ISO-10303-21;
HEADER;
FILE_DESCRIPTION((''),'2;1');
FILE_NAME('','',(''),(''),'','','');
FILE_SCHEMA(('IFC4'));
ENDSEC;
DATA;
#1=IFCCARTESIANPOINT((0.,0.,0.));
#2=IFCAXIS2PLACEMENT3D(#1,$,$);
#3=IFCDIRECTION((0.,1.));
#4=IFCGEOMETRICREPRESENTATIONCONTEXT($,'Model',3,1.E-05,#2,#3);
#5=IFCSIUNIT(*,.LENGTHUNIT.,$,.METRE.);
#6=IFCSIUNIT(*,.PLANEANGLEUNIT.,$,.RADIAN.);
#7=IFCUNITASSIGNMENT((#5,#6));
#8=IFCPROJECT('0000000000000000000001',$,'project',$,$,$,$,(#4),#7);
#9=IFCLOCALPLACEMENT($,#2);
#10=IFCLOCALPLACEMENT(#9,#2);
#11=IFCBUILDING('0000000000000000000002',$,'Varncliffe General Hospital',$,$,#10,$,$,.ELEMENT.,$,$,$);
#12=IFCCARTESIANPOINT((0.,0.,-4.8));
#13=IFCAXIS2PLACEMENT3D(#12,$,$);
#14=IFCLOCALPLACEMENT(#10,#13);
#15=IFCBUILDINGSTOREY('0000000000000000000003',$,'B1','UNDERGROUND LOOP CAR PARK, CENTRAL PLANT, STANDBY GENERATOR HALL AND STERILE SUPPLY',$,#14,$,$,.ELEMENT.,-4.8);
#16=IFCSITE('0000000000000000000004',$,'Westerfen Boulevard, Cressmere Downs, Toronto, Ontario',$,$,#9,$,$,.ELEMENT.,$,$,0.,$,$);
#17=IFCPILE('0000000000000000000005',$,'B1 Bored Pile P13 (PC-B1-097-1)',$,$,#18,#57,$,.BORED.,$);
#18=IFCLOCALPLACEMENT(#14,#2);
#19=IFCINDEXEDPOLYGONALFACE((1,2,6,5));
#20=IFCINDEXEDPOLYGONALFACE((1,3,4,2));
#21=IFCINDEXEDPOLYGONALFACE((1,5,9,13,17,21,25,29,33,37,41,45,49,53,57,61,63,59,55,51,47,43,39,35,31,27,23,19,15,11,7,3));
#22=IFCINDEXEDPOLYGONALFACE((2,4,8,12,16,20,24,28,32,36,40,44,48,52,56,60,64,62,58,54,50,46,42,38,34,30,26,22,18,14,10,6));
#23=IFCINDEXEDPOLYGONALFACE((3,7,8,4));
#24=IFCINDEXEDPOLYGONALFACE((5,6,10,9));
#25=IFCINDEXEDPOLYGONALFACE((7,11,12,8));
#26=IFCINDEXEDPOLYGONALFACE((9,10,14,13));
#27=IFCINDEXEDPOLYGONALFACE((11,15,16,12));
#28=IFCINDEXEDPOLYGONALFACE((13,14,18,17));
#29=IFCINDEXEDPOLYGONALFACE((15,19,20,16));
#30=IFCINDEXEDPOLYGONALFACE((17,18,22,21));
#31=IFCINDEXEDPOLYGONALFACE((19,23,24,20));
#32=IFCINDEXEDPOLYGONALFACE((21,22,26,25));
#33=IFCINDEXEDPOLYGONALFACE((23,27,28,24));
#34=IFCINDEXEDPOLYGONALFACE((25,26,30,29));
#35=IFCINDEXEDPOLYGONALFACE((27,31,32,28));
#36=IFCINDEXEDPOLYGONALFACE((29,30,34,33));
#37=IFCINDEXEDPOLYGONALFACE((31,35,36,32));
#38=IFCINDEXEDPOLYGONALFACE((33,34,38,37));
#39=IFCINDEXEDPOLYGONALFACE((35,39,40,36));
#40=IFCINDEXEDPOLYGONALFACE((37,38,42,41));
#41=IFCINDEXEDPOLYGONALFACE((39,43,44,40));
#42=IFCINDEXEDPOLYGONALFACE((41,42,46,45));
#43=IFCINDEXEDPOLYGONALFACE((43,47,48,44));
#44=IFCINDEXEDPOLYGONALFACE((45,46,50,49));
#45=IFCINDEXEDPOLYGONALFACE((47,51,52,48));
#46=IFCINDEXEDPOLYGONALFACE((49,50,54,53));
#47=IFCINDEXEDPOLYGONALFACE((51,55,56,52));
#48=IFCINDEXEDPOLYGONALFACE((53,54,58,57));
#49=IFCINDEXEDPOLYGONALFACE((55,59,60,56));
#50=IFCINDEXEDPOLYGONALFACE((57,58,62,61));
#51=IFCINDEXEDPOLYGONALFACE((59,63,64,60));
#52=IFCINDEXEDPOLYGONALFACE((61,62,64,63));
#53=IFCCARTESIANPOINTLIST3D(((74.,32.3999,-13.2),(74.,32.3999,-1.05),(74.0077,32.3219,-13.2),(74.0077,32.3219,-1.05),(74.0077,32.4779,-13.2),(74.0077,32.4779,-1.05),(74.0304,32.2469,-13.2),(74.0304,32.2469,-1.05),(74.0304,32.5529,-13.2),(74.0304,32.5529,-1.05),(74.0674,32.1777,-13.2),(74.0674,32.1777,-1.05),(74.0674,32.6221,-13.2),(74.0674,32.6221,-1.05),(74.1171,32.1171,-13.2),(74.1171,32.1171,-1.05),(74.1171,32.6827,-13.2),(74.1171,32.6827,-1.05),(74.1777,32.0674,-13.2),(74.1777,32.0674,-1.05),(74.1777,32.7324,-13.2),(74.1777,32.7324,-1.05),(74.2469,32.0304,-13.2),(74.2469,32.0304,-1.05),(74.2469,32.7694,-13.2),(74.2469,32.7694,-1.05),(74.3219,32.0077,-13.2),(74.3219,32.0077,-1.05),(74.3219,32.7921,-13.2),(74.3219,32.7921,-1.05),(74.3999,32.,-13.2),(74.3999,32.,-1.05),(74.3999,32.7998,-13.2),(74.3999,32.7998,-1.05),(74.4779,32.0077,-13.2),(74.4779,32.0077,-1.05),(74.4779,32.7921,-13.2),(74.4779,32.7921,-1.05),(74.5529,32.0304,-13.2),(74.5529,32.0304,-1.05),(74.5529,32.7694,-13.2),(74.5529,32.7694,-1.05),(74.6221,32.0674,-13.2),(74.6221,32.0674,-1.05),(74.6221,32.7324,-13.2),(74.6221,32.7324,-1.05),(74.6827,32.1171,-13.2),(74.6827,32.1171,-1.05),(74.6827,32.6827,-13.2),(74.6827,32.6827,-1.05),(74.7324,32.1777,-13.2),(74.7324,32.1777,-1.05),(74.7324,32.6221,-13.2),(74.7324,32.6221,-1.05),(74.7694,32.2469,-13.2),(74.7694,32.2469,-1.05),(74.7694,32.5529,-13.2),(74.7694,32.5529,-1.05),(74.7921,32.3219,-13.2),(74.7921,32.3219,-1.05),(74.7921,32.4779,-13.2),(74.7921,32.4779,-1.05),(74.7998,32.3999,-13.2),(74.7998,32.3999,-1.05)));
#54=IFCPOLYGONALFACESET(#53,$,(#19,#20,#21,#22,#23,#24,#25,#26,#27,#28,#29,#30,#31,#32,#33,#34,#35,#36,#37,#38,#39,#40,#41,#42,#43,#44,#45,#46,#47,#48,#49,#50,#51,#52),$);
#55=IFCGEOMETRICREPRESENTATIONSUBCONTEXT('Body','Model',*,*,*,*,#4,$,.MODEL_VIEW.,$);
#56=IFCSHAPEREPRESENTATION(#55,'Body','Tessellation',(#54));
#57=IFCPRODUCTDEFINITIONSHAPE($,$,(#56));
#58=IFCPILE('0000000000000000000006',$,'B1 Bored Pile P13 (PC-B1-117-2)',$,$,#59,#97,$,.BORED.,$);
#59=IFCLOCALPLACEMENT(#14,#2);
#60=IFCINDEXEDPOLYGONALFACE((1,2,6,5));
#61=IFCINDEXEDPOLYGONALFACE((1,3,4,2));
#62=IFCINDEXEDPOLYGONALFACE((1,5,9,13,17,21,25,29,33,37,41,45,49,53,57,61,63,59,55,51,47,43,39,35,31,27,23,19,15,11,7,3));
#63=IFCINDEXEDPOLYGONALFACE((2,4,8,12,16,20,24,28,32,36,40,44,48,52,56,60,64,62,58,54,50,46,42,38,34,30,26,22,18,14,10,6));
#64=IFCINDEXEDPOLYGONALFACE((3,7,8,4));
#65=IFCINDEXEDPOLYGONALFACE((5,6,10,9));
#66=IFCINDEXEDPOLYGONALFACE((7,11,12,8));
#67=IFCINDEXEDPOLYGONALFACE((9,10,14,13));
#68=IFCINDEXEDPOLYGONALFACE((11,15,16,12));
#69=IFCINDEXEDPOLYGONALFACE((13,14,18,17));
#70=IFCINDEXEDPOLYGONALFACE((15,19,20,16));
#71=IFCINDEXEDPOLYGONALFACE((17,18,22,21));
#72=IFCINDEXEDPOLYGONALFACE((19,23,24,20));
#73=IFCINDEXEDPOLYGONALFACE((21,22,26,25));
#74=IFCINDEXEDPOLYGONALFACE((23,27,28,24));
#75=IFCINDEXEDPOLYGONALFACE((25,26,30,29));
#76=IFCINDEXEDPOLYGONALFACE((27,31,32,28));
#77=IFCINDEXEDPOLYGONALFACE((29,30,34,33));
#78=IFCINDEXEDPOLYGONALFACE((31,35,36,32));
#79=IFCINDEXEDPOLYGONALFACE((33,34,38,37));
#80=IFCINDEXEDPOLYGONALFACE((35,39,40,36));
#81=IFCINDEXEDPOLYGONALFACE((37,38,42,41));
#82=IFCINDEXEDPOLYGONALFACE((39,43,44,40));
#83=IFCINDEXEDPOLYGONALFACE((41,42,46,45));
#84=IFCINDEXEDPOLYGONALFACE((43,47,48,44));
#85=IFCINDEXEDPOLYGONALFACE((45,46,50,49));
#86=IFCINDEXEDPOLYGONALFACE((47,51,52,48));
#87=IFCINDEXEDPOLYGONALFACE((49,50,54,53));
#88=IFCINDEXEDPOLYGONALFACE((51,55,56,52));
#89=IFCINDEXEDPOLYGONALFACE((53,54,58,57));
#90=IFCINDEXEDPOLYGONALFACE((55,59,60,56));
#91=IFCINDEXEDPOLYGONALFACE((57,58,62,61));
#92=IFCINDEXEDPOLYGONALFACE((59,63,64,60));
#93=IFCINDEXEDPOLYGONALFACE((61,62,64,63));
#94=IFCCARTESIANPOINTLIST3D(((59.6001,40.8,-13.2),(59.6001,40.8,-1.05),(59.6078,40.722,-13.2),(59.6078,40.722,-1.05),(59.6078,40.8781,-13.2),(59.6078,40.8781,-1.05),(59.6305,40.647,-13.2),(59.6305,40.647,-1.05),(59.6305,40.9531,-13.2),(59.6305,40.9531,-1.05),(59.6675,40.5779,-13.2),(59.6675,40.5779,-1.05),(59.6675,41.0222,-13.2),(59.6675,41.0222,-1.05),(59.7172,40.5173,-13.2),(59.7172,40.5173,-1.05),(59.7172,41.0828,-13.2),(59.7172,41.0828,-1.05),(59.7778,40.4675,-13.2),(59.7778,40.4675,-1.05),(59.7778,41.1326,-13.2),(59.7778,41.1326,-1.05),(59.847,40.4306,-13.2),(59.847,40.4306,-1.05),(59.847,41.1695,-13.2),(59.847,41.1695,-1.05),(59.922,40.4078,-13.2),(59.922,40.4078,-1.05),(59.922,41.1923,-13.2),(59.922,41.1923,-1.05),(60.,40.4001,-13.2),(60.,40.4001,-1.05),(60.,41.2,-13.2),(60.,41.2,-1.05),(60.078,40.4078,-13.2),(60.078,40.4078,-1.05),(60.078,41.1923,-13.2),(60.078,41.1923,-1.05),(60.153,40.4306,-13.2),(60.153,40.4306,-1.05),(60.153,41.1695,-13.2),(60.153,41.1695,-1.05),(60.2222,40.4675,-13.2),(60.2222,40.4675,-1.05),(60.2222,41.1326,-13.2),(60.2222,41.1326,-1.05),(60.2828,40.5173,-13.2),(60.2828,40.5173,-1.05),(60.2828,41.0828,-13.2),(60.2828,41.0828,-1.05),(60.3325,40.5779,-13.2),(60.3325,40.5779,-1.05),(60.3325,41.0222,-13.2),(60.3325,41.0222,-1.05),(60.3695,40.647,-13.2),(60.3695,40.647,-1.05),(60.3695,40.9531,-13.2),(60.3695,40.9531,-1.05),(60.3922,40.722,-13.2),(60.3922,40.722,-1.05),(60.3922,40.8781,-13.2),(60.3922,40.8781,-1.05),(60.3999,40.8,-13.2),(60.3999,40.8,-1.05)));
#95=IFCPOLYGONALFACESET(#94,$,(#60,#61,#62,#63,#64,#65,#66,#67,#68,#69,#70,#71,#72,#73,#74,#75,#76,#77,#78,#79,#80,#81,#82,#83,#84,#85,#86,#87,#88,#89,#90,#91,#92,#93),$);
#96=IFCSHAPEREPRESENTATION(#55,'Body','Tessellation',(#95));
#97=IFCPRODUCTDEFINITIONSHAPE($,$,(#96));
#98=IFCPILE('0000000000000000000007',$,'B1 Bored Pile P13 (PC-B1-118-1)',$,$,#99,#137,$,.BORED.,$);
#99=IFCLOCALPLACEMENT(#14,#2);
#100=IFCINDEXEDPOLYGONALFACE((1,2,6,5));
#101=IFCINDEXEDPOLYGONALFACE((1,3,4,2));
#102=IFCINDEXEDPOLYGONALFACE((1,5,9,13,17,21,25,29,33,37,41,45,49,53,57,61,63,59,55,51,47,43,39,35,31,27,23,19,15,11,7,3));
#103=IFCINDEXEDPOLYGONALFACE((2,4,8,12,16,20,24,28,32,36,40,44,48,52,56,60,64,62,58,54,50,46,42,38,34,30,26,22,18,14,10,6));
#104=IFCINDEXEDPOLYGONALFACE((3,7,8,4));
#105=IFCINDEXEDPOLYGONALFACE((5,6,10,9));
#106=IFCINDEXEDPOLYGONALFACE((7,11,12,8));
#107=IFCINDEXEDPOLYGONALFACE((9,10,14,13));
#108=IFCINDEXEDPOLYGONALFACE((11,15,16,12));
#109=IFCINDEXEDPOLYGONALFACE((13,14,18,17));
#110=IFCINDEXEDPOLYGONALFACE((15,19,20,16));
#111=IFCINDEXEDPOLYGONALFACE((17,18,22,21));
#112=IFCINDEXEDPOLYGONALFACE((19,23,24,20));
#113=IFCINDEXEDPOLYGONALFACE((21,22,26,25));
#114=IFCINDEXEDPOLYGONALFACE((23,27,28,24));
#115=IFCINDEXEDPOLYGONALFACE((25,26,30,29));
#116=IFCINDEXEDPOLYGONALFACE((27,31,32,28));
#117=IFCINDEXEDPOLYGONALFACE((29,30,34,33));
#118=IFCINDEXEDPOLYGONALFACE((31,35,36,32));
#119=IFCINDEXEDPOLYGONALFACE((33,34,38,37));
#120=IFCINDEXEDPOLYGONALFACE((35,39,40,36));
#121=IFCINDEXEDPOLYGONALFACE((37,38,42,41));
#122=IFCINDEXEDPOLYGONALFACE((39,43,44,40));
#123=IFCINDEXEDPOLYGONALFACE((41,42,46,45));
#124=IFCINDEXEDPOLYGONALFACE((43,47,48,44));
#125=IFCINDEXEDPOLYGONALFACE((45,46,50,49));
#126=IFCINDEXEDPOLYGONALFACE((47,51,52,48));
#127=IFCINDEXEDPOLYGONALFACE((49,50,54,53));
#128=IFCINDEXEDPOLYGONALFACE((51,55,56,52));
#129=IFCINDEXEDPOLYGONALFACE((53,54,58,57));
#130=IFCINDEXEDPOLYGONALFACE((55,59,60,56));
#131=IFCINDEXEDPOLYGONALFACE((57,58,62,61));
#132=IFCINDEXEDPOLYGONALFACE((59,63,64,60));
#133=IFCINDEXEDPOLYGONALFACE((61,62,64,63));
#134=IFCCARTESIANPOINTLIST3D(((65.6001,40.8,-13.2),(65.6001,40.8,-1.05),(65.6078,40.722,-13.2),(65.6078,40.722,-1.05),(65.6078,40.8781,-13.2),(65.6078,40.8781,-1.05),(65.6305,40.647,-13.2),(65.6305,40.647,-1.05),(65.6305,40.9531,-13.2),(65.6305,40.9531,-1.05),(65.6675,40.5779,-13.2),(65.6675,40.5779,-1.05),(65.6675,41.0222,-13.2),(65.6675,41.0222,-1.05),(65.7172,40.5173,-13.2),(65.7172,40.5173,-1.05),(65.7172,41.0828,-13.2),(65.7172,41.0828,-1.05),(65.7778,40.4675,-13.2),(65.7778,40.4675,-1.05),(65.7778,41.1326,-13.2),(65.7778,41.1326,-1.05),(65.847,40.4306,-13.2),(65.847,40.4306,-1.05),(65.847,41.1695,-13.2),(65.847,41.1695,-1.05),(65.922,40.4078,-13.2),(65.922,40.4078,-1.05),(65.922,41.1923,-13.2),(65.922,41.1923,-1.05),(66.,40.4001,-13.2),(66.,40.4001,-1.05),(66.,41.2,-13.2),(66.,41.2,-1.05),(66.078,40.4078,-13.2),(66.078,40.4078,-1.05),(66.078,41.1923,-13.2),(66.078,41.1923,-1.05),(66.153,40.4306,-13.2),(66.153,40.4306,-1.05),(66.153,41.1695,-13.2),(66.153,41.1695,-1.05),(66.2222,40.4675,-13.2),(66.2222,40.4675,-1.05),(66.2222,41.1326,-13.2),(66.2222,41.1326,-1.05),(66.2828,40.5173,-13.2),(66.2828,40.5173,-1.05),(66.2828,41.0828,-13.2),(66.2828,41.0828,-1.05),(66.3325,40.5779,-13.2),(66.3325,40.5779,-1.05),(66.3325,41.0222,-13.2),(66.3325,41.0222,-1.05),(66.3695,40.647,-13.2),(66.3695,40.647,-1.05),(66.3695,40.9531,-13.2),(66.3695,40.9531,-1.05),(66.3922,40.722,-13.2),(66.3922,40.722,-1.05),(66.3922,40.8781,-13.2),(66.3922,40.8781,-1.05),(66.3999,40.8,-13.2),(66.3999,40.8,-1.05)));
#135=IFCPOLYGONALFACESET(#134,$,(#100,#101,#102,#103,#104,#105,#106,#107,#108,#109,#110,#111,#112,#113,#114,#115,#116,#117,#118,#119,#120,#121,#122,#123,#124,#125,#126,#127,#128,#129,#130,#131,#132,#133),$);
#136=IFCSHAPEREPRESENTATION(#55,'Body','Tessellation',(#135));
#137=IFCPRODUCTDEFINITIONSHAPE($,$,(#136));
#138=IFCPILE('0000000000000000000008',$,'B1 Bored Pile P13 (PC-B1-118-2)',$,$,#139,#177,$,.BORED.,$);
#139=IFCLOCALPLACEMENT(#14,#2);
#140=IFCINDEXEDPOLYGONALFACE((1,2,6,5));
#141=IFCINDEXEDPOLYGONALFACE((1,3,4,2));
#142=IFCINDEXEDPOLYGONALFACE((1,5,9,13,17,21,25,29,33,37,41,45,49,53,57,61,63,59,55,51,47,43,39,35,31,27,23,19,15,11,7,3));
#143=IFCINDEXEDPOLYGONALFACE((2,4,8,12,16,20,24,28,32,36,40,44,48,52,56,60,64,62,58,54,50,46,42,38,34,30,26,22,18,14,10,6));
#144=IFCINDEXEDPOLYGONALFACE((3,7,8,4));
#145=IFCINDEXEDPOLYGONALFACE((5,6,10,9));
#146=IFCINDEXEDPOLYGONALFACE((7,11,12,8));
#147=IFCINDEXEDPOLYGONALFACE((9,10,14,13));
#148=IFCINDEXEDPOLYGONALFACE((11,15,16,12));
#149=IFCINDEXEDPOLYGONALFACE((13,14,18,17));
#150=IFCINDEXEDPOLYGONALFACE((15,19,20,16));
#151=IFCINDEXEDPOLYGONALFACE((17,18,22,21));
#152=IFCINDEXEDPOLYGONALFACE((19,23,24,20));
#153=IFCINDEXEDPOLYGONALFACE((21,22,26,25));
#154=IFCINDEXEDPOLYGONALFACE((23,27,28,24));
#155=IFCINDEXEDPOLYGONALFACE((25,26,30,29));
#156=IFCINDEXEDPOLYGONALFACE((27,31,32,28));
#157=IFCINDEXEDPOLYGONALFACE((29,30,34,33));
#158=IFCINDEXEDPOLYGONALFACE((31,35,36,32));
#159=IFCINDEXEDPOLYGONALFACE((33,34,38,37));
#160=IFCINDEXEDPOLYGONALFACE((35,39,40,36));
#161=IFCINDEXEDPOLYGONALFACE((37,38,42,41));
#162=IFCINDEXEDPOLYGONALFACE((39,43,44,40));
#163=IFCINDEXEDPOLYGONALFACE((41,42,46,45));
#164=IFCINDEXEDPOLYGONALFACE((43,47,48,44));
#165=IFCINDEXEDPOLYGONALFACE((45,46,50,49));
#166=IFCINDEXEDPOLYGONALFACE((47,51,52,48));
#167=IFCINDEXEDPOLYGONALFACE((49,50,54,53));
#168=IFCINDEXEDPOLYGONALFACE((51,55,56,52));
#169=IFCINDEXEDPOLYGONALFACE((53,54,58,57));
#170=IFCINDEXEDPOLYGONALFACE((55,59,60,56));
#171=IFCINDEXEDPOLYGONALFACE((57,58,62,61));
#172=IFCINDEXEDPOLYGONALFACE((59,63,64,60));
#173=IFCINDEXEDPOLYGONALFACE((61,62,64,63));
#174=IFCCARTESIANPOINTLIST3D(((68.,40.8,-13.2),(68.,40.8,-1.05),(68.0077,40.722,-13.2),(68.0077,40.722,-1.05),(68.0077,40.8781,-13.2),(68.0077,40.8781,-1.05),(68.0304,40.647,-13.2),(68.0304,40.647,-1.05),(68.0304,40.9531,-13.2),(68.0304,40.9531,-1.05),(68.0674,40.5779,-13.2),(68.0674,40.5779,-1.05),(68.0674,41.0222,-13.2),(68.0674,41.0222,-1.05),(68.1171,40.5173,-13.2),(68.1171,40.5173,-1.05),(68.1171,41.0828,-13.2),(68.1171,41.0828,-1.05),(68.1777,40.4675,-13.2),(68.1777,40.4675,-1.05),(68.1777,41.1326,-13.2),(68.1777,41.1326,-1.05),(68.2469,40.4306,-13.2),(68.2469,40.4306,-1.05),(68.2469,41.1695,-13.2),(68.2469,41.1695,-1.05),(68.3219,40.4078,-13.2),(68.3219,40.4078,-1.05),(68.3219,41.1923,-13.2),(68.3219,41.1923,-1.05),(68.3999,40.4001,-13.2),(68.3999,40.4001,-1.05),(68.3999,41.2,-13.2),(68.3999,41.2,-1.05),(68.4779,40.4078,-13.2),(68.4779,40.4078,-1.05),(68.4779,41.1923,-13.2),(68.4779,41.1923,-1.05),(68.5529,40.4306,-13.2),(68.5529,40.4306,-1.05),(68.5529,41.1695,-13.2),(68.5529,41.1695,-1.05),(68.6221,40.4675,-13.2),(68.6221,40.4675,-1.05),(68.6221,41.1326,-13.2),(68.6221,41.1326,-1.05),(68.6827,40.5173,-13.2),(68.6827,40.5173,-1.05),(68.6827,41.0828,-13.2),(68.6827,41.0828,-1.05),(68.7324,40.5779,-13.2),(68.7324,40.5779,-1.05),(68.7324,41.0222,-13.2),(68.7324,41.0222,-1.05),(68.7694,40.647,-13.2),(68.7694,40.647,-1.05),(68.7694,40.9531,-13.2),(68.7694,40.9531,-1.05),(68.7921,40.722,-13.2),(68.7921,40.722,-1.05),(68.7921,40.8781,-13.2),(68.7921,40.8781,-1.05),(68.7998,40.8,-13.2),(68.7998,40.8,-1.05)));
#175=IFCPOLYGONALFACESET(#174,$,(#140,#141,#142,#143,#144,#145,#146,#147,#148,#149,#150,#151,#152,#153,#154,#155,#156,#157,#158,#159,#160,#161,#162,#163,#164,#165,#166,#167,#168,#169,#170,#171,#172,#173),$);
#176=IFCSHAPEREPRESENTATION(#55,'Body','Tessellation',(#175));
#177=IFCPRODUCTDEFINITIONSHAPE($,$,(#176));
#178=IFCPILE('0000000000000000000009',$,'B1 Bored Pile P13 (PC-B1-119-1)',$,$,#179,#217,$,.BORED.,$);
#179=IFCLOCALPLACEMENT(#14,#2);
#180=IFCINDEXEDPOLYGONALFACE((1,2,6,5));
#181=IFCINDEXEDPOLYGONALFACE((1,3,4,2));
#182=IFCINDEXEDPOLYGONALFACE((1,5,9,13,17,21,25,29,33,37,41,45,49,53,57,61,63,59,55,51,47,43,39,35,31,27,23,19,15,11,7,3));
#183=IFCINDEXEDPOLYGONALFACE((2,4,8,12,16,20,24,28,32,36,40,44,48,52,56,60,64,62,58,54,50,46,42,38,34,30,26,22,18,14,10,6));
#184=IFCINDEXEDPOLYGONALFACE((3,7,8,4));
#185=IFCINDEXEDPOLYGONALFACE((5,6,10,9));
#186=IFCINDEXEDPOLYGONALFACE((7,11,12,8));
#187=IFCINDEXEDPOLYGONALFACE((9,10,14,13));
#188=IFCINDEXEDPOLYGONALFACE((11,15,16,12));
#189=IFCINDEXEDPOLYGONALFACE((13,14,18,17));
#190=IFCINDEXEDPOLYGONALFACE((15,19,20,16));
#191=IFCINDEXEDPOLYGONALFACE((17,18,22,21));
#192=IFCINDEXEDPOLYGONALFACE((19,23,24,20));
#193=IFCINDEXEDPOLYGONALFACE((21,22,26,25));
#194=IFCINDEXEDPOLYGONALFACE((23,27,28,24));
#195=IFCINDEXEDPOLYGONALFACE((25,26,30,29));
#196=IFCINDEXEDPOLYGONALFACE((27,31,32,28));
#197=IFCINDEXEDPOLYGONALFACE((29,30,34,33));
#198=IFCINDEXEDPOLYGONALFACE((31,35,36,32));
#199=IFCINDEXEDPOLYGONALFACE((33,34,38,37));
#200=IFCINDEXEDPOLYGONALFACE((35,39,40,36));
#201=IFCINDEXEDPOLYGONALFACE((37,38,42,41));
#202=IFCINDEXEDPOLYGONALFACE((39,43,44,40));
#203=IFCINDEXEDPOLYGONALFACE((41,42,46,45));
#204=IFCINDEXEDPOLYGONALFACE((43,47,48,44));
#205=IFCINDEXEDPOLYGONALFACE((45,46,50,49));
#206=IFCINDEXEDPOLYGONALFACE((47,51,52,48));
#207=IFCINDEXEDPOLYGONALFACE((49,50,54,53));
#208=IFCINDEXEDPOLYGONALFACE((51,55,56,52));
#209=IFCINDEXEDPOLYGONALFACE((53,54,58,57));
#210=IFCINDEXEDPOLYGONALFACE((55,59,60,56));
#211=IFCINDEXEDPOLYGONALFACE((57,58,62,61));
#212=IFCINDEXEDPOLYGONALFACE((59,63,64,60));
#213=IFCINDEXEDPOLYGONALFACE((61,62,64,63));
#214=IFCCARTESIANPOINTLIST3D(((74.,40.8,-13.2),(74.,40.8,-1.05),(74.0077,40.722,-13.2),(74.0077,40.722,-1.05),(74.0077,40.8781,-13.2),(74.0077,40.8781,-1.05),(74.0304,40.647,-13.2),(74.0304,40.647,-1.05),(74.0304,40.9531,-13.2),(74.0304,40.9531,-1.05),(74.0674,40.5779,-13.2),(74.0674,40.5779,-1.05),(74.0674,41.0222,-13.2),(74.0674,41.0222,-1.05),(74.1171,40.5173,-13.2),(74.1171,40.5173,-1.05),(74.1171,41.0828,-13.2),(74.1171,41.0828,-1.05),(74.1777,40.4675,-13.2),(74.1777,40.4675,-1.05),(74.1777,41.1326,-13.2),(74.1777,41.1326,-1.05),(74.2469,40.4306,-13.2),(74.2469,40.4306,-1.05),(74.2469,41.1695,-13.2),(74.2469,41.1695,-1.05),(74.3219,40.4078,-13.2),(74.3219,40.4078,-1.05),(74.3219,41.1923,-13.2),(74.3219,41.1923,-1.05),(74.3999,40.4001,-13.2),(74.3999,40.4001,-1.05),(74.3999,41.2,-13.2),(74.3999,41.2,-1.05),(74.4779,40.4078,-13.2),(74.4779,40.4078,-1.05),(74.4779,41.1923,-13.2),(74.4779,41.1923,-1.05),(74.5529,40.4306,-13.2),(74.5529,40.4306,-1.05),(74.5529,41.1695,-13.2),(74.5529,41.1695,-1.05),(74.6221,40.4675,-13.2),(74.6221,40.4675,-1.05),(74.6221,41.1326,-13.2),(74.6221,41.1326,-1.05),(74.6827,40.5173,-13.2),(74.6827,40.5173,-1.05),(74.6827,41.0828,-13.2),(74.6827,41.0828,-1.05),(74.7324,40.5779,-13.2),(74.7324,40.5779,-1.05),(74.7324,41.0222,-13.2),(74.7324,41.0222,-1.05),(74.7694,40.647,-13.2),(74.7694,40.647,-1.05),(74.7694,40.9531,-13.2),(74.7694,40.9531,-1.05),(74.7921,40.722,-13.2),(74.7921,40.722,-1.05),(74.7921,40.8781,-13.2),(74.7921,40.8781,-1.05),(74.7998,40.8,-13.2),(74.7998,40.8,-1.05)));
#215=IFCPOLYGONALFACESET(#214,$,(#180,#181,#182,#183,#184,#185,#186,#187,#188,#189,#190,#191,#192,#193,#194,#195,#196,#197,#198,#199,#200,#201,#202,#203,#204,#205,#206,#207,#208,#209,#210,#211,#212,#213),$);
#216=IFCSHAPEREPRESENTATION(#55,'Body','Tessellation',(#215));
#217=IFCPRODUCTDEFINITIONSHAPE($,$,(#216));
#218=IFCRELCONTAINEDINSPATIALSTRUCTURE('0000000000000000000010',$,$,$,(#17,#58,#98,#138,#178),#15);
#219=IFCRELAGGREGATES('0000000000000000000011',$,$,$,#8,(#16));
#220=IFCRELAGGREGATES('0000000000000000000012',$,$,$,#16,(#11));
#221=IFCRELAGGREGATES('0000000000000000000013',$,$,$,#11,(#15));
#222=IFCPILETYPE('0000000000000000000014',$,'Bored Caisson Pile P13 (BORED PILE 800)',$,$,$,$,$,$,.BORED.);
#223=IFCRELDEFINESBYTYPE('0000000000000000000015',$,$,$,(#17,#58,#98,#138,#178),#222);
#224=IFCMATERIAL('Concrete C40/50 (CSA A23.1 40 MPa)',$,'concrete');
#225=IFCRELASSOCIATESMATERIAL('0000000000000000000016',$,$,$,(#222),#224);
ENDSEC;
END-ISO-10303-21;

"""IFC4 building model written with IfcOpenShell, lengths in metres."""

from ifc_helpers import new_model, si_unit, direction, frame, origin, origin_2d, place, context, subcontext, project, spatial, circle, extrude, material, material_profile, profile_set, type_object, element, save


model = new_model("IFC4")

# Units and contexts
model_context = context("Model", 3, precision=1e-05, world=origin(), true_north=direction((0.0, 1.0)))
body_context = subcontext(model_context, "Body", "Model", "MODEL_VIEW")
ifc_project = project(units=[si_unit("LENGTHUNIT", "METRE"), si_unit("PLANEANGLEUNIT", "RADIAN")], contexts=[model_context])

# Site, building, storey
site_placement = place(None, origin())
site = spatial("IfcSite", under=ifc_project, at=site_placement, Name="Westerfen Boulevard, Cressmere Downs, Toronto, Ontario", CompositionType="ELEMENT", RefElevation=0.0)
building_placement = place(site_placement, origin())
building = spatial("IfcBuilding", under=site, at=building_placement, Name="Varncliffe General Hospital", CompositionType="ELEMENT")
storey_placement = place(building_placement, frame((0.0, 0.0, -4.8)))
storey = spatial("IfcBuildingStorey", under=building, at=storey_placement, Name="B1", Description="UNDERGROUND LOOP CAR PARK, CENTRAL PLANT, STANDBY GENERATOR HALL AND STERILE SUPPLY", CompositionType="ELEMENT", Elevation=-4.8)

# Piles
ifc_material_1 = material(Name="Concrete C40/50 (CSA A23.1 40 MPa)", Category="concrete")
ifc_material_profile_1 = material_profile(ifc_material_1, circle(Radius=0.3999, at=origin_2d()), Name="BORED PILE 800")
ifc_profile_set_1 = profile_set([ifc_material_profile_1], Name="Concrete C40/50 (CSA A23.1 40 MPa)")
pile_type = type_object("IfcPileType", Name="Bored Caisson Pile P13 (BORED PILE 800)", PredefinedType="BORED", material=ifc_profile_set_1)
for number, where, z_axis, x_axis, name in (
    (1, (74.3999, 32.3999, -1.05), (0.0, 0.0, -1.0), (1.0, 0.0, 0.0), "B1 Bored Pile P13 (PC-B1-097-1)"),
    (2, (60.0, 40.8, -1.05), (0.0, 0.0, -1.0), (1.0, 0.0, 0.0), "B1 Bored Pile P13 (PC-B1-117-2)"),
    (3, (66.0, 40.8, -1.05), (0.0, 0.0, -1.0), (1.0, 0.0, 0.0), "B1 Bored Pile P13 (PC-B1-118-1)"),
    (4, (68.3999, 40.8, -1.05), (0.0, 0.0, -1.0), (1.0, 0.0, 0.0), "B1 Bored Pile P13 (PC-B1-118-2)"),
    (5, (74.3999, 40.8, -1.05), (0.0, 0.0, -1.0), (1.0, 0.0, 0.0), "B1 Bored Pile P13 (PC-B1-119-1)"),
):
    element("IfcPile", number, at=place(storey_placement, frame(where, z_axis=z_axis, x_axis=x_axis)), inside=storey, type_object=pile_type, Name=name, PredefinedType="BORED", context=body_context, shape_type="SweptSolid", body=[
        extrude(circle(Radius=0.3999, at=origin_2d()), origin(), (0.0, 0.0, 1.0), 12.1499),
    ])

save(model, "model.ifc")
